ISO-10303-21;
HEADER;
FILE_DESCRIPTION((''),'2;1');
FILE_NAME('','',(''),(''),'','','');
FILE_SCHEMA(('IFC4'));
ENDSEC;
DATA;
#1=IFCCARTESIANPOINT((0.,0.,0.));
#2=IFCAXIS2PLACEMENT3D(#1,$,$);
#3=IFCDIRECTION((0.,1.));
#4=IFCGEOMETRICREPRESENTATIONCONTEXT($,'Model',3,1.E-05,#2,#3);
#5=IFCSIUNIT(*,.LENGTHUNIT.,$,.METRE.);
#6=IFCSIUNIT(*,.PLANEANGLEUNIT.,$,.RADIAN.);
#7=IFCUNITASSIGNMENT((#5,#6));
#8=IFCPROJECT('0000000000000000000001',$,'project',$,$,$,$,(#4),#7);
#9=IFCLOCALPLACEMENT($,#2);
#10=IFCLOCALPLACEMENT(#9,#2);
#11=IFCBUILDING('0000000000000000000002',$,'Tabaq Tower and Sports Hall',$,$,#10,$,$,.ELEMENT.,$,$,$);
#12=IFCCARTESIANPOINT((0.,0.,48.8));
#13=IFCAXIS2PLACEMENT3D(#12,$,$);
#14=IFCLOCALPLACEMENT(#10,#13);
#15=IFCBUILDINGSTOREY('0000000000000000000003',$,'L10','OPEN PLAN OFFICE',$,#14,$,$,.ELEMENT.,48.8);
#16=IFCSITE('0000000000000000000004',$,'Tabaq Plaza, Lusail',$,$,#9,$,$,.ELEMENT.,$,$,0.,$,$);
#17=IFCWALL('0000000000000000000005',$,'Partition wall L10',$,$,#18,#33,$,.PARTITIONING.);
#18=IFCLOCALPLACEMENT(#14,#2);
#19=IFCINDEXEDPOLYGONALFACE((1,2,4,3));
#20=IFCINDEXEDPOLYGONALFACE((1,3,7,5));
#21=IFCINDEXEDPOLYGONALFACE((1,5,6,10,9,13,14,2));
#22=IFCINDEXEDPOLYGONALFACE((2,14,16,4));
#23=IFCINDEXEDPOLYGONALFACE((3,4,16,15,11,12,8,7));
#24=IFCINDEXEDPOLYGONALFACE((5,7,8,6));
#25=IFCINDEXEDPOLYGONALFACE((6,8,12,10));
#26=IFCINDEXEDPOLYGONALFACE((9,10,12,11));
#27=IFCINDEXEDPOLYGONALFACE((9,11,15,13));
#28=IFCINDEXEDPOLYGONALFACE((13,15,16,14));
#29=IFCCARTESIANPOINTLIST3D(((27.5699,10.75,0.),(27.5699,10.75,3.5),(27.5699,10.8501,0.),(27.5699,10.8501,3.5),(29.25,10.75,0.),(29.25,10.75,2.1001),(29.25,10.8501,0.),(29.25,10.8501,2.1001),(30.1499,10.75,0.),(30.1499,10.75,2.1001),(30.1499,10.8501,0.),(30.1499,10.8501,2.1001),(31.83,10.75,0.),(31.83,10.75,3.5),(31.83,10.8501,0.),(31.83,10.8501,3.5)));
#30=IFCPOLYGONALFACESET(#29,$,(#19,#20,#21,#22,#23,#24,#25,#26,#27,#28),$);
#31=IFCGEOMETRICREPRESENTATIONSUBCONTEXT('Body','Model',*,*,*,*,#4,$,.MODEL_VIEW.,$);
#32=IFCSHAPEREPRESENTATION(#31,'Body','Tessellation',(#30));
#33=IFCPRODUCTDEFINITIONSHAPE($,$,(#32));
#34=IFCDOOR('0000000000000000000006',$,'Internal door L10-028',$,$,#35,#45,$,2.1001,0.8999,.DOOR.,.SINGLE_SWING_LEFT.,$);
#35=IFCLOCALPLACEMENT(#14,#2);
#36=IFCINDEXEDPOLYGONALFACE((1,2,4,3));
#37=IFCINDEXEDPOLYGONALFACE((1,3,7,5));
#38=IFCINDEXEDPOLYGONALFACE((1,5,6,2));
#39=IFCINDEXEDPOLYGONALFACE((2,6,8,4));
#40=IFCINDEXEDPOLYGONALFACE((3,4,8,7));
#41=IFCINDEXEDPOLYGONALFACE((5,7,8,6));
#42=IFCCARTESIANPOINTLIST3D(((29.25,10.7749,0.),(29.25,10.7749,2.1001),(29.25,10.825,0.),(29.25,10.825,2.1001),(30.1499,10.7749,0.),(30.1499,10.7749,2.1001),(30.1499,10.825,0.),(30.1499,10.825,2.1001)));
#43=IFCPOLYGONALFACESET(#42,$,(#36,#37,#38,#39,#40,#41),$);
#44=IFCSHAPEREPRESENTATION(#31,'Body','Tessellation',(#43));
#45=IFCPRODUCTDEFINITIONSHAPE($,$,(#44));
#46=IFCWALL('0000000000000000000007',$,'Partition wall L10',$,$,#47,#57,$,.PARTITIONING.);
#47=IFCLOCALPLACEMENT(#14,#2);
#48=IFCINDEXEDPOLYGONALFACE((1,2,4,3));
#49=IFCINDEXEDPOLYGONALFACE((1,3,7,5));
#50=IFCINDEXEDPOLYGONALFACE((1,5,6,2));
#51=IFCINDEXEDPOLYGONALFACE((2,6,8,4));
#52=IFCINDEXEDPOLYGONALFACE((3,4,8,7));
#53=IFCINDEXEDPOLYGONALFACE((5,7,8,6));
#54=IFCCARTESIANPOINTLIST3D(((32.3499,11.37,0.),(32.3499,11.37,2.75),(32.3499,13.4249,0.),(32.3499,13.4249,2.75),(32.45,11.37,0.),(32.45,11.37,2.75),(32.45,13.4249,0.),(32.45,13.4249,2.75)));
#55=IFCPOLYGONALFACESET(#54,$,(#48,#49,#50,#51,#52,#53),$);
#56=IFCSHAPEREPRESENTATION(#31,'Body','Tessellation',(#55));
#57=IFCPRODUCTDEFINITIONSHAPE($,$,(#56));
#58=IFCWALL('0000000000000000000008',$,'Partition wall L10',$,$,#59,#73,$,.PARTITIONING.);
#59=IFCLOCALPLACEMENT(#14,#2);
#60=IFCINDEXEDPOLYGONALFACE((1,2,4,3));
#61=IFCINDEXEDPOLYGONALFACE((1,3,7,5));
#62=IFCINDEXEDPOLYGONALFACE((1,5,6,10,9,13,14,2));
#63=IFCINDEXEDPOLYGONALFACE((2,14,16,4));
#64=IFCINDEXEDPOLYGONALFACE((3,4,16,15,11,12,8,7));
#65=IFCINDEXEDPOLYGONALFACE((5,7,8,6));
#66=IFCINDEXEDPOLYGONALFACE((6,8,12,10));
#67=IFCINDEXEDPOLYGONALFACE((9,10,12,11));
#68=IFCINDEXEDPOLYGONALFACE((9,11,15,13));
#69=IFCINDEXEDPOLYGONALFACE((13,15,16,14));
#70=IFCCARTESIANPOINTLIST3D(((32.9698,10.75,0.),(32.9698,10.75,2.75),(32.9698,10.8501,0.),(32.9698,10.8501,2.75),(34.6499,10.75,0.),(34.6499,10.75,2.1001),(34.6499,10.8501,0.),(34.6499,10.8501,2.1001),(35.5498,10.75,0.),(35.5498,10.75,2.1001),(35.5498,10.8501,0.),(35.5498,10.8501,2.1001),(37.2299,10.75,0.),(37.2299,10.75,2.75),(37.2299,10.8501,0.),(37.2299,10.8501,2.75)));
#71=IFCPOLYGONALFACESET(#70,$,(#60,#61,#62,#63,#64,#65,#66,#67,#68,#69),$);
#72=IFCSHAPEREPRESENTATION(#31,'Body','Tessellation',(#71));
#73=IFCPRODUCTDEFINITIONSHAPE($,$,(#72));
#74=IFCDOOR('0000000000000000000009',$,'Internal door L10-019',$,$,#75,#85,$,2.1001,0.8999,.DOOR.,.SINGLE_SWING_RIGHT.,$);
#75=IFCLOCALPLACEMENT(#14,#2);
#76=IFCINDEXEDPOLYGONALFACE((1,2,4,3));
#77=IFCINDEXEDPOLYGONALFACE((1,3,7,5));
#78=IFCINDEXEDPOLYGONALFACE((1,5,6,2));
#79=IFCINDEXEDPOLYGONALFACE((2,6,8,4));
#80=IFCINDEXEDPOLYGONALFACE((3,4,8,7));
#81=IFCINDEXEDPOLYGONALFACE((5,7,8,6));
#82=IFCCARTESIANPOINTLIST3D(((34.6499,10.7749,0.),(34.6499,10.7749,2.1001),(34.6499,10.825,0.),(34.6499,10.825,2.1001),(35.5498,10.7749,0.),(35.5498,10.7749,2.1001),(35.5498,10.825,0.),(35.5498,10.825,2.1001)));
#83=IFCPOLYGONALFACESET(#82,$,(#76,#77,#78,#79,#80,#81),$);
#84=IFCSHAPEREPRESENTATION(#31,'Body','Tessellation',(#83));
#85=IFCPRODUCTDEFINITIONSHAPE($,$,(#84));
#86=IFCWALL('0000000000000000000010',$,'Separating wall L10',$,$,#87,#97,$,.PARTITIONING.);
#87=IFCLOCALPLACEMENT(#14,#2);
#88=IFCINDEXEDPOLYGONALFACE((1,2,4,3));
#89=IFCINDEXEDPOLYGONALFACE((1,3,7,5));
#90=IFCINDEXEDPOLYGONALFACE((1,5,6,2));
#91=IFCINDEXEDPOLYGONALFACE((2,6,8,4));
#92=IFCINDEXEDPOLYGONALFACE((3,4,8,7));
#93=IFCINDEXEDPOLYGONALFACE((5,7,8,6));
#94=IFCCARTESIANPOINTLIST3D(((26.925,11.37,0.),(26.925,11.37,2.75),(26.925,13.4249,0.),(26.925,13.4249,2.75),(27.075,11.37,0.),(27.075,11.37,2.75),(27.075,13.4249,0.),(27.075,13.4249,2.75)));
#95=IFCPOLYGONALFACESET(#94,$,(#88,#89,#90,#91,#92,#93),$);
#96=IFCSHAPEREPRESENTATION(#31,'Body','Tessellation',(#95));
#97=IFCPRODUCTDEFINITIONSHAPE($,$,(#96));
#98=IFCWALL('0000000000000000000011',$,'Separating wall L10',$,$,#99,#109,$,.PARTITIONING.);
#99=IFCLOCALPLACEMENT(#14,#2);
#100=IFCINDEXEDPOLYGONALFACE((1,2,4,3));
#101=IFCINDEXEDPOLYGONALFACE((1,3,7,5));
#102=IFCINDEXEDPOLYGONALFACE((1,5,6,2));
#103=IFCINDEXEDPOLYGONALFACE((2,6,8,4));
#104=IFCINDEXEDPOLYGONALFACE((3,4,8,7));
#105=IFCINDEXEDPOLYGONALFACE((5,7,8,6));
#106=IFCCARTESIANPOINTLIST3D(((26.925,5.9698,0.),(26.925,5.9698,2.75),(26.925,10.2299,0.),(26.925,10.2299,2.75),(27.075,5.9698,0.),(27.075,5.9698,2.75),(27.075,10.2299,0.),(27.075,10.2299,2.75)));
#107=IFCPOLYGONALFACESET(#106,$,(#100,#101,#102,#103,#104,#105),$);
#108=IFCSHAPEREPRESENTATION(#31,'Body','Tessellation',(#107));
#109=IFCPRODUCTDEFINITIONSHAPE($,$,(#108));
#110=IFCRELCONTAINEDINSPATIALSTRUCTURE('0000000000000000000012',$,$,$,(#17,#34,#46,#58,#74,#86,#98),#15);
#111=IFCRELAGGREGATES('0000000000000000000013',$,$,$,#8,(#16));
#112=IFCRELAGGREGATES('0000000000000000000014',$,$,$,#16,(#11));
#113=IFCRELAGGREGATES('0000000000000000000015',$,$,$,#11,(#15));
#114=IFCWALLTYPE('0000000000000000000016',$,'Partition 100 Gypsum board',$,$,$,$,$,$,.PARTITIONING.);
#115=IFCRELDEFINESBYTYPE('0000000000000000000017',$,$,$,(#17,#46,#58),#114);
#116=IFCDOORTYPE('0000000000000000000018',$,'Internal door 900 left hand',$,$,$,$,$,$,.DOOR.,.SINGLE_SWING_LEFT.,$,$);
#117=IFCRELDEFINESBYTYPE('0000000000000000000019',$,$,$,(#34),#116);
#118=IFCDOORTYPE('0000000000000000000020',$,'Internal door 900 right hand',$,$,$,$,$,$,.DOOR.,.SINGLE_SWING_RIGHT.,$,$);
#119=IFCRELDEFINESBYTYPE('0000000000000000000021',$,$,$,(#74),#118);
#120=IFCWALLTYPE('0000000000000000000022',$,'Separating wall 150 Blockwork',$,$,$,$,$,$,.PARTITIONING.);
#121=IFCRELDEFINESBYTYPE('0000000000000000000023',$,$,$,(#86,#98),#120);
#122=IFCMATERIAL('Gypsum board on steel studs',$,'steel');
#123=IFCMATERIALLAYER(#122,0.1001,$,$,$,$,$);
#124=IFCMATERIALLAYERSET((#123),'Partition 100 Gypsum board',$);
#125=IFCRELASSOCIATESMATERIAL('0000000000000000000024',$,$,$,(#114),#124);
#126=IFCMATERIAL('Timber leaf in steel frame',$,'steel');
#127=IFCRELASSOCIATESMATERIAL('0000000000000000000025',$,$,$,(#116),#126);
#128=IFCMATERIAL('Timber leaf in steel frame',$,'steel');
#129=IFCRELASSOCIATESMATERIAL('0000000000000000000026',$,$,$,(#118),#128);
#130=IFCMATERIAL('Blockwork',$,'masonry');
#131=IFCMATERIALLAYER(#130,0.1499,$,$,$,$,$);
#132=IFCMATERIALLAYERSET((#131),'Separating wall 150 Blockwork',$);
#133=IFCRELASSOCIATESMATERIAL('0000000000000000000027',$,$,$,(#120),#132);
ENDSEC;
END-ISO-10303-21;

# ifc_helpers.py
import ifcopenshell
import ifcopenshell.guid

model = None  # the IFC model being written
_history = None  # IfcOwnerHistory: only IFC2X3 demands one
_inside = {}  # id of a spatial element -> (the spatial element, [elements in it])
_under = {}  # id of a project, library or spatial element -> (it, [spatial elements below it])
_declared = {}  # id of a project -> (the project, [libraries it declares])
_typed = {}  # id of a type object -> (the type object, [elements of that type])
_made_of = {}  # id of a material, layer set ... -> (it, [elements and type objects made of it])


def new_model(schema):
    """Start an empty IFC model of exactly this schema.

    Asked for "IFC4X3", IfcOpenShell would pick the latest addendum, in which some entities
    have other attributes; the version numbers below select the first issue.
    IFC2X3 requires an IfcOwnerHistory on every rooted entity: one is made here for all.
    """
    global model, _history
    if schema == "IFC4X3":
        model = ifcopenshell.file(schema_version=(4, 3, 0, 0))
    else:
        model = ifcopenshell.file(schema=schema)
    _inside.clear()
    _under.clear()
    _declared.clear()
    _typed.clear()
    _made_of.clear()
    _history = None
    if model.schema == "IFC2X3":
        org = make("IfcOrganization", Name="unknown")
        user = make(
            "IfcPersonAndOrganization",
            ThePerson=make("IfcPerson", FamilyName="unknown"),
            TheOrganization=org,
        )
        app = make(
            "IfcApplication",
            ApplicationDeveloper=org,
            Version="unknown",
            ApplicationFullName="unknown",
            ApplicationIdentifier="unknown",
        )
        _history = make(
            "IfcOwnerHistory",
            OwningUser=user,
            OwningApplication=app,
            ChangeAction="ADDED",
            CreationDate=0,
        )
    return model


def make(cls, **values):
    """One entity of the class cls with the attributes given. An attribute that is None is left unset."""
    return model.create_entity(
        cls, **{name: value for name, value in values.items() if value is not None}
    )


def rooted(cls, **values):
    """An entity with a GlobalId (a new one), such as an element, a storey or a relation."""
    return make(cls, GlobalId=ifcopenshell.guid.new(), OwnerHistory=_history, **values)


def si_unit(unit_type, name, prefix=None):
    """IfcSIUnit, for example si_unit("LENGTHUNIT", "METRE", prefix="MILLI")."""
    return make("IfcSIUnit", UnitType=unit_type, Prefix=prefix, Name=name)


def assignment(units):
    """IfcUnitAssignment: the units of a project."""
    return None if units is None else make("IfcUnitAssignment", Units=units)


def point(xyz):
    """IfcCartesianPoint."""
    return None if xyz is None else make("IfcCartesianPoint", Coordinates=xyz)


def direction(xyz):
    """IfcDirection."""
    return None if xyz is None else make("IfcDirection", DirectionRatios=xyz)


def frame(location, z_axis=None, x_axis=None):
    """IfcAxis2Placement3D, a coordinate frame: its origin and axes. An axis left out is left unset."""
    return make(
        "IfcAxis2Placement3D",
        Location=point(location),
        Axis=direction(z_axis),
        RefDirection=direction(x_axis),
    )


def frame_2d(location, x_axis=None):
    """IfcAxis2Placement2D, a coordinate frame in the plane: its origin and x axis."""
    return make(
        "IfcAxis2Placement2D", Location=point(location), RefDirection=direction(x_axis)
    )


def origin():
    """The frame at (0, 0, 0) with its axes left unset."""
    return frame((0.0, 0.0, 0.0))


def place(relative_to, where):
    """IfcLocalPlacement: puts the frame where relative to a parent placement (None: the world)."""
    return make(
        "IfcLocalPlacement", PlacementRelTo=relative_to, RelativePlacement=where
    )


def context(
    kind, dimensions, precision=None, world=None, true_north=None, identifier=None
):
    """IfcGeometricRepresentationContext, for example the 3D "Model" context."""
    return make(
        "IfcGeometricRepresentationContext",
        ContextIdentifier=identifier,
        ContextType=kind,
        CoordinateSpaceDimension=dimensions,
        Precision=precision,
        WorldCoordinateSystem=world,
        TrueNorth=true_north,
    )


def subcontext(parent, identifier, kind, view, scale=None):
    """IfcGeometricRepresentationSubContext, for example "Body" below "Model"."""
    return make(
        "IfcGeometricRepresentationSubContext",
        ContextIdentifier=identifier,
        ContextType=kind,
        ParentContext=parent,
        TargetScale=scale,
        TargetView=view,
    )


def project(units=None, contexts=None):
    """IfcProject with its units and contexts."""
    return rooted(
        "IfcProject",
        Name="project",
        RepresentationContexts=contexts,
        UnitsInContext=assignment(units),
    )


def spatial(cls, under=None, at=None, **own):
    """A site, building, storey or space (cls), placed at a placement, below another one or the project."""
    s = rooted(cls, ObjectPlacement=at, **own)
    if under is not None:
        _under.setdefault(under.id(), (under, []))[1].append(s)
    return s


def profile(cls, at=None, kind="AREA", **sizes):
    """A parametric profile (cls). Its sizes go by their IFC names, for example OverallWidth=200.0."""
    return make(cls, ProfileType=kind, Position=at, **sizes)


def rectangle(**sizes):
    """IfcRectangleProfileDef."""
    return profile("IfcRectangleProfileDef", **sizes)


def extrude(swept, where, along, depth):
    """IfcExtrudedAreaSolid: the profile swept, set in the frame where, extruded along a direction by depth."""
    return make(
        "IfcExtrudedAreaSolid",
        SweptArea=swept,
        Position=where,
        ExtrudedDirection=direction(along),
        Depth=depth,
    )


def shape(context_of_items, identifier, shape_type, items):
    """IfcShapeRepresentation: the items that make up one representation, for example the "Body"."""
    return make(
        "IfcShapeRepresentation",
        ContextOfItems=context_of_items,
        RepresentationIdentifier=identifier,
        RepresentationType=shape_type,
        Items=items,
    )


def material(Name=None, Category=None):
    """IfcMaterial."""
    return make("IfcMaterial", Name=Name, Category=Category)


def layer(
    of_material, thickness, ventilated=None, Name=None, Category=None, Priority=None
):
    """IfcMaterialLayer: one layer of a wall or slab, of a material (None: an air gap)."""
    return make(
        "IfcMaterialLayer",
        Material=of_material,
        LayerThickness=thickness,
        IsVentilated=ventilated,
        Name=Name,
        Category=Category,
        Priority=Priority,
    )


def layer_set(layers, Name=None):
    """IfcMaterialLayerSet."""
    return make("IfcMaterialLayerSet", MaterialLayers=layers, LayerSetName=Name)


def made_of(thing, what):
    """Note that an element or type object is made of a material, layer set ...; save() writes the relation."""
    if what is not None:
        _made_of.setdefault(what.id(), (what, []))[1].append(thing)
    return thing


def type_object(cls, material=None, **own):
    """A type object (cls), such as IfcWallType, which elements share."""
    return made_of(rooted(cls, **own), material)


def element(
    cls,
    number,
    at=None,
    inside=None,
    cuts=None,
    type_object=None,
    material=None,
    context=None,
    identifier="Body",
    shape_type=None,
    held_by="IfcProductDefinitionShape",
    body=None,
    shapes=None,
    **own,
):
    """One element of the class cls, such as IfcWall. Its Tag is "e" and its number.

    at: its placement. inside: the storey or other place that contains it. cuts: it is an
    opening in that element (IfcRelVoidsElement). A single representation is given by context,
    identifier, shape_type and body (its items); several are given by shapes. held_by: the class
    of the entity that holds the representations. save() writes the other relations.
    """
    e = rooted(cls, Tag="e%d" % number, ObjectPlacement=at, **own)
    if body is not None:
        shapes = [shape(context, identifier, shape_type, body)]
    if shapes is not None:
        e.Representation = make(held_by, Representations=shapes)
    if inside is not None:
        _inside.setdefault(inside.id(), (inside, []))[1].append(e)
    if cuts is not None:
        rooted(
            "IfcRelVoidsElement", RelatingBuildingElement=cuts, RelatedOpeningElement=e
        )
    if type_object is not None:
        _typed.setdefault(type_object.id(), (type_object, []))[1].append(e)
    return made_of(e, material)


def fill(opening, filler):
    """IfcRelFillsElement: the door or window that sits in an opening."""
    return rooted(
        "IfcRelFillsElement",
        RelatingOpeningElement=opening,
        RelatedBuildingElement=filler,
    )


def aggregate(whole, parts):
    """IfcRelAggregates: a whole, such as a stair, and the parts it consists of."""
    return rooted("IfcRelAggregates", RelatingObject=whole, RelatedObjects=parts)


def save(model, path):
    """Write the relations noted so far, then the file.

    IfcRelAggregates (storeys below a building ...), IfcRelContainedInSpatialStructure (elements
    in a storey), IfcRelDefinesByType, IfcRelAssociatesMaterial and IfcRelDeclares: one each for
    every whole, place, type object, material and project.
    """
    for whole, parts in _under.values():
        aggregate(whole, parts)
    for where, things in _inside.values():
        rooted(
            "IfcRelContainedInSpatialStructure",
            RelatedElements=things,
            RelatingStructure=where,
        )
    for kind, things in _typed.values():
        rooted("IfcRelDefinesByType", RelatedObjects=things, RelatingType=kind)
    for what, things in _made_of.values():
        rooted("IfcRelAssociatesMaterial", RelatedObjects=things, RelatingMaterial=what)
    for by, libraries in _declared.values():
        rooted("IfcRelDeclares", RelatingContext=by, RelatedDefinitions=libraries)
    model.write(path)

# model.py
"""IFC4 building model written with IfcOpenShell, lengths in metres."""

from ifc_helpers import new_model, si_unit, direction, frame, frame_2d, origin, place, context, subcontext, project, spatial, rectangle, extrude, material, layer, layer_set, type_object, element, fill, save


model = new_model("IFC4")

# Units and contexts
model_context = context("Model", 3, precision=1e-05, world=origin(), true_north=direction((0.0, 1.0)))
body_context = subcontext(model_context, "Body", "Model", "MODEL_VIEW")
ifc_project = project(units=[si_unit("LENGTHUNIT", "METRE"), si_unit("PLANEANGLEUNIT", "RADIAN")], contexts=[model_context])

# Site, building, storey
site_placement = place(None, origin())
site = spatial("IfcSite", under=ifc_project, at=site_placement, Name="Tabaq Plaza, Lusail", CompositionType="ELEMENT", RefElevation=0.0)
building_placement = place(site_placement, origin())
building = spatial("IfcBuilding", under=site, at=building_placement, Name="Tabaq Tower and Sports Hall", CompositionType="ELEMENT")
storey_placement = place(building_placement, frame((0.0, 0.0, 48.8)))
storey = spatial("IfcBuildingStorey", under=building, at=storey_placement, Name="L10", Description="OPEN PLAN OFFICE", CompositionType="ELEMENT", Elevation=48.8)

# Wall, opening, door
ifc_material_1 = material(Name="Gypsum board on steel studs", Category="steel")
ifc_layer_1 = layer(ifc_material_1, 0.1001)
ifc_layer_set_1 = layer_set([ifc_layer_1], Name="Partition 100 Gypsum board")
wall_type_1 = type_object("IfcWallType", Name="Partition 100 Gypsum board", PredefinedType="PARTITIONING", material=ifc_layer_set_1)
wall_1_placement = place(storey_placement, frame((27.5701, 10.8, 0.0), z_axis=(0.0, 0.0, 1.0), x_axis=(1.0, 0.0, 0.0)))
wall_1 = element("IfcWall", 1, at=wall_1_placement, inside=storey, type_object=wall_type_1, Name="Partition wall L10", PredefinedType="PARTITIONING", context=body_context, shape_type="SweptSolid", body=[
    extrude(rectangle(XDim=4.26, YDim=0.1001, at=frame_2d((2.1299, 0.0))), origin(), (0.0, 0.0, 1.0), 3.5),
])
opening_1_placement = place(wall_1_placement, frame((1.6799, 0.0, 0.0)))
opening_1 = element("IfcOpeningElement", 2, at=opening_1_placement, cuts=wall_1, PredefinedType="OPENING", context=body_context, shape_type="SweptSolid", body=[
    extrude(rectangle(XDim=0.8999, YDim=2.1001, at=frame_2d((0.45, 1.05))), frame((0.0, 0.05, 0.0), z_axis=(0.0, -1.0, 0.0), x_axis=(1.0, 0.0, 0.0)), (0.0, 0.0, 1.0), 0.1001),
])
ifc_material_2 = material(Name="Timber leaf in steel frame", Category="steel")
door_type_1 = type_object("IfcDoorType", Name="Internal door 900 left hand", OperationType="SINGLE_SWING_LEFT", PredefinedType="DOOR", material=ifc_material_2)
door_1_placement = place(opening_1_placement, origin())
door_1 = element("IfcDoor", 3, at=door_1_placement, inside=storey, type_object=door_type_1, Name="Internal door L10-028", OperationType="SINGLE_SWING_LEFT", OverallHeight=2.1001, OverallWidth=0.8999, PredefinedType="DOOR", context=body_context, shape_type="SweptSolid", body=[
    extrude(rectangle(XDim=0.8999, YDim=2.1001, at=frame_2d((0.45, 1.05))), frame((0.0, 0.0249, 0.0), z_axis=(0.0, -1.0, 0.0), x_axis=(1.0, 0.0, 0.0)), (0.0, 0.0, 1.0), 0.05),
])
fill(opening_1, door_1)

# Wall
wall_2_placement = place(storey_placement, frame((32.3999, 11.3701, 0.0), z_axis=(0.0, 0.0, 1.0), x_axis=(0.0, 1.0, 0.0)))
element("IfcWall", 4, at=wall_2_placement, inside=storey, type_object=wall_type_1, Name="Partition wall L10", PredefinedType="PARTITIONING", context=body_context, shape_type="SweptSolid", body=[
    extrude(rectangle(XDim=2.0549, YDim=0.1001, at=frame_2d((1.0273, 0.0))), origin(), (0.0, 0.0, 1.0), 2.75),
])

# Wall, opening, door
wall_3_placement = place(storey_placement, frame((32.97, 10.8, 0.0), z_axis=(0.0, 0.0, 1.0), x_axis=(1.0, 0.0, 0.0)))
wall_3 = element("IfcWall", 5, at=wall_3_placement, inside=storey, type_object=wall_type_1, Name="Partition wall L10", PredefinedType="PARTITIONING", context=body_context, shape_type="SweptSolid", body=[
    extrude(rectangle(XDim=4.26, YDim=0.1001, at=frame_2d((2.1299, 0.0))), origin(), (0.0, 0.0, 1.0), 2.75),
])
opening_2_placement = place(wall_3_placement, frame((1.6799, 0.0, 0.0)))
opening_2 = element("IfcOpeningElement", 6, at=opening_2_placement, cuts=wall_3, PredefinedType="OPENING", context=body_context, shape_type="SweptSolid", body=[
    extrude(rectangle(XDim=0.8999, YDim=2.1001, at=frame_2d((0.45, 1.05))), frame((0.0, 0.05, 0.0), z_axis=(0.0, -1.0, 0.0), x_axis=(1.0, 0.0, 0.0)), (0.0, 0.0, 1.0), 0.1001),
])
ifc_material_3 = material(Name="Timber leaf in steel frame", Category="steel")
door_type_2 = type_object("IfcDoorType", Name="Internal door 900 right hand", OperationType="SINGLE_SWING_RIGHT", PredefinedType="DOOR", material=ifc_material_3)
door_2_placement = place(opening_2_placement, origin())
door_2 = element("IfcDoor", 7, at=door_2_placement, inside=storey, type_object=door_type_2, Name="Internal door L10-019", OperationType="SINGLE_SWING_RIGHT", OverallHeight=2.1001, OverallWidth=0.8999, PredefinedType="DOOR", context=body_context, shape_type="SweptSolid", body=[
    extrude(rectangle(XDim=0.8999, YDim=2.1001, at=frame_2d((0.45, 1.05))), frame((0.0, 0.0249, 0.0), z_axis=(0.0, -1.0, 0.0), x_axis=(1.0, 0.0, 0.0)), (0.0, 0.0, 1.0), 0.05),
])
fill(opening_2, door_2)

# Walls
ifc_material_4 = material(Name="Blockwork", Category="masonry")
ifc_layer_2 = layer(ifc_material_4, 0.1499)
ifc_layer_set_2 = layer_set([ifc_layer_2], Name="Separating wall 150 Blockwork")
wall_type_2 = type_object("IfcWallType", Name="Separating wall 150 Blockwork", PredefinedType="PARTITIONING", material=ifc_layer_set_2)
wall_4_placement = place(storey_placement, frame((27.0, 11.3701, 0.0), z_axis=(0.0, 0.0, 1.0), x_axis=(0.0, 1.0, 0.0)))
element("IfcWall", 8, at=wall_4_placement, inside=storey, type_object=wall_type_2, Name="Separating wall L10", PredefinedType="PARTITIONING", context=body_context, shape_type="SweptSolid", body=[
    extrude(rectangle(XDim=2.0549, YDim=0.1499, at=frame_2d((1.0273, 0.0))), origin(), (0.0, 0.0, 1.0), 2.75),
])
wall_5_placement = place(storey_placement, frame((27.0, 5.97, 0.0), z_axis=(0.0, 0.0, 1.0), x_axis=(0.0, 1.0, 0.0)))
element("IfcWall", 9, at=wall_5_placement, inside=storey, type_object=wall_type_2, Name="Separating wall L10", PredefinedType="PARTITIONING", context=body_context, shape_type="SweptSolid", body=[
    extrude(rectangle(XDim=4.26, YDim=0.1499, at=frame_2d((2.1299, 0.0))), origin(), (0.0, 0.0, 1.0), 2.75),
])

save(model, "model.ifc")
